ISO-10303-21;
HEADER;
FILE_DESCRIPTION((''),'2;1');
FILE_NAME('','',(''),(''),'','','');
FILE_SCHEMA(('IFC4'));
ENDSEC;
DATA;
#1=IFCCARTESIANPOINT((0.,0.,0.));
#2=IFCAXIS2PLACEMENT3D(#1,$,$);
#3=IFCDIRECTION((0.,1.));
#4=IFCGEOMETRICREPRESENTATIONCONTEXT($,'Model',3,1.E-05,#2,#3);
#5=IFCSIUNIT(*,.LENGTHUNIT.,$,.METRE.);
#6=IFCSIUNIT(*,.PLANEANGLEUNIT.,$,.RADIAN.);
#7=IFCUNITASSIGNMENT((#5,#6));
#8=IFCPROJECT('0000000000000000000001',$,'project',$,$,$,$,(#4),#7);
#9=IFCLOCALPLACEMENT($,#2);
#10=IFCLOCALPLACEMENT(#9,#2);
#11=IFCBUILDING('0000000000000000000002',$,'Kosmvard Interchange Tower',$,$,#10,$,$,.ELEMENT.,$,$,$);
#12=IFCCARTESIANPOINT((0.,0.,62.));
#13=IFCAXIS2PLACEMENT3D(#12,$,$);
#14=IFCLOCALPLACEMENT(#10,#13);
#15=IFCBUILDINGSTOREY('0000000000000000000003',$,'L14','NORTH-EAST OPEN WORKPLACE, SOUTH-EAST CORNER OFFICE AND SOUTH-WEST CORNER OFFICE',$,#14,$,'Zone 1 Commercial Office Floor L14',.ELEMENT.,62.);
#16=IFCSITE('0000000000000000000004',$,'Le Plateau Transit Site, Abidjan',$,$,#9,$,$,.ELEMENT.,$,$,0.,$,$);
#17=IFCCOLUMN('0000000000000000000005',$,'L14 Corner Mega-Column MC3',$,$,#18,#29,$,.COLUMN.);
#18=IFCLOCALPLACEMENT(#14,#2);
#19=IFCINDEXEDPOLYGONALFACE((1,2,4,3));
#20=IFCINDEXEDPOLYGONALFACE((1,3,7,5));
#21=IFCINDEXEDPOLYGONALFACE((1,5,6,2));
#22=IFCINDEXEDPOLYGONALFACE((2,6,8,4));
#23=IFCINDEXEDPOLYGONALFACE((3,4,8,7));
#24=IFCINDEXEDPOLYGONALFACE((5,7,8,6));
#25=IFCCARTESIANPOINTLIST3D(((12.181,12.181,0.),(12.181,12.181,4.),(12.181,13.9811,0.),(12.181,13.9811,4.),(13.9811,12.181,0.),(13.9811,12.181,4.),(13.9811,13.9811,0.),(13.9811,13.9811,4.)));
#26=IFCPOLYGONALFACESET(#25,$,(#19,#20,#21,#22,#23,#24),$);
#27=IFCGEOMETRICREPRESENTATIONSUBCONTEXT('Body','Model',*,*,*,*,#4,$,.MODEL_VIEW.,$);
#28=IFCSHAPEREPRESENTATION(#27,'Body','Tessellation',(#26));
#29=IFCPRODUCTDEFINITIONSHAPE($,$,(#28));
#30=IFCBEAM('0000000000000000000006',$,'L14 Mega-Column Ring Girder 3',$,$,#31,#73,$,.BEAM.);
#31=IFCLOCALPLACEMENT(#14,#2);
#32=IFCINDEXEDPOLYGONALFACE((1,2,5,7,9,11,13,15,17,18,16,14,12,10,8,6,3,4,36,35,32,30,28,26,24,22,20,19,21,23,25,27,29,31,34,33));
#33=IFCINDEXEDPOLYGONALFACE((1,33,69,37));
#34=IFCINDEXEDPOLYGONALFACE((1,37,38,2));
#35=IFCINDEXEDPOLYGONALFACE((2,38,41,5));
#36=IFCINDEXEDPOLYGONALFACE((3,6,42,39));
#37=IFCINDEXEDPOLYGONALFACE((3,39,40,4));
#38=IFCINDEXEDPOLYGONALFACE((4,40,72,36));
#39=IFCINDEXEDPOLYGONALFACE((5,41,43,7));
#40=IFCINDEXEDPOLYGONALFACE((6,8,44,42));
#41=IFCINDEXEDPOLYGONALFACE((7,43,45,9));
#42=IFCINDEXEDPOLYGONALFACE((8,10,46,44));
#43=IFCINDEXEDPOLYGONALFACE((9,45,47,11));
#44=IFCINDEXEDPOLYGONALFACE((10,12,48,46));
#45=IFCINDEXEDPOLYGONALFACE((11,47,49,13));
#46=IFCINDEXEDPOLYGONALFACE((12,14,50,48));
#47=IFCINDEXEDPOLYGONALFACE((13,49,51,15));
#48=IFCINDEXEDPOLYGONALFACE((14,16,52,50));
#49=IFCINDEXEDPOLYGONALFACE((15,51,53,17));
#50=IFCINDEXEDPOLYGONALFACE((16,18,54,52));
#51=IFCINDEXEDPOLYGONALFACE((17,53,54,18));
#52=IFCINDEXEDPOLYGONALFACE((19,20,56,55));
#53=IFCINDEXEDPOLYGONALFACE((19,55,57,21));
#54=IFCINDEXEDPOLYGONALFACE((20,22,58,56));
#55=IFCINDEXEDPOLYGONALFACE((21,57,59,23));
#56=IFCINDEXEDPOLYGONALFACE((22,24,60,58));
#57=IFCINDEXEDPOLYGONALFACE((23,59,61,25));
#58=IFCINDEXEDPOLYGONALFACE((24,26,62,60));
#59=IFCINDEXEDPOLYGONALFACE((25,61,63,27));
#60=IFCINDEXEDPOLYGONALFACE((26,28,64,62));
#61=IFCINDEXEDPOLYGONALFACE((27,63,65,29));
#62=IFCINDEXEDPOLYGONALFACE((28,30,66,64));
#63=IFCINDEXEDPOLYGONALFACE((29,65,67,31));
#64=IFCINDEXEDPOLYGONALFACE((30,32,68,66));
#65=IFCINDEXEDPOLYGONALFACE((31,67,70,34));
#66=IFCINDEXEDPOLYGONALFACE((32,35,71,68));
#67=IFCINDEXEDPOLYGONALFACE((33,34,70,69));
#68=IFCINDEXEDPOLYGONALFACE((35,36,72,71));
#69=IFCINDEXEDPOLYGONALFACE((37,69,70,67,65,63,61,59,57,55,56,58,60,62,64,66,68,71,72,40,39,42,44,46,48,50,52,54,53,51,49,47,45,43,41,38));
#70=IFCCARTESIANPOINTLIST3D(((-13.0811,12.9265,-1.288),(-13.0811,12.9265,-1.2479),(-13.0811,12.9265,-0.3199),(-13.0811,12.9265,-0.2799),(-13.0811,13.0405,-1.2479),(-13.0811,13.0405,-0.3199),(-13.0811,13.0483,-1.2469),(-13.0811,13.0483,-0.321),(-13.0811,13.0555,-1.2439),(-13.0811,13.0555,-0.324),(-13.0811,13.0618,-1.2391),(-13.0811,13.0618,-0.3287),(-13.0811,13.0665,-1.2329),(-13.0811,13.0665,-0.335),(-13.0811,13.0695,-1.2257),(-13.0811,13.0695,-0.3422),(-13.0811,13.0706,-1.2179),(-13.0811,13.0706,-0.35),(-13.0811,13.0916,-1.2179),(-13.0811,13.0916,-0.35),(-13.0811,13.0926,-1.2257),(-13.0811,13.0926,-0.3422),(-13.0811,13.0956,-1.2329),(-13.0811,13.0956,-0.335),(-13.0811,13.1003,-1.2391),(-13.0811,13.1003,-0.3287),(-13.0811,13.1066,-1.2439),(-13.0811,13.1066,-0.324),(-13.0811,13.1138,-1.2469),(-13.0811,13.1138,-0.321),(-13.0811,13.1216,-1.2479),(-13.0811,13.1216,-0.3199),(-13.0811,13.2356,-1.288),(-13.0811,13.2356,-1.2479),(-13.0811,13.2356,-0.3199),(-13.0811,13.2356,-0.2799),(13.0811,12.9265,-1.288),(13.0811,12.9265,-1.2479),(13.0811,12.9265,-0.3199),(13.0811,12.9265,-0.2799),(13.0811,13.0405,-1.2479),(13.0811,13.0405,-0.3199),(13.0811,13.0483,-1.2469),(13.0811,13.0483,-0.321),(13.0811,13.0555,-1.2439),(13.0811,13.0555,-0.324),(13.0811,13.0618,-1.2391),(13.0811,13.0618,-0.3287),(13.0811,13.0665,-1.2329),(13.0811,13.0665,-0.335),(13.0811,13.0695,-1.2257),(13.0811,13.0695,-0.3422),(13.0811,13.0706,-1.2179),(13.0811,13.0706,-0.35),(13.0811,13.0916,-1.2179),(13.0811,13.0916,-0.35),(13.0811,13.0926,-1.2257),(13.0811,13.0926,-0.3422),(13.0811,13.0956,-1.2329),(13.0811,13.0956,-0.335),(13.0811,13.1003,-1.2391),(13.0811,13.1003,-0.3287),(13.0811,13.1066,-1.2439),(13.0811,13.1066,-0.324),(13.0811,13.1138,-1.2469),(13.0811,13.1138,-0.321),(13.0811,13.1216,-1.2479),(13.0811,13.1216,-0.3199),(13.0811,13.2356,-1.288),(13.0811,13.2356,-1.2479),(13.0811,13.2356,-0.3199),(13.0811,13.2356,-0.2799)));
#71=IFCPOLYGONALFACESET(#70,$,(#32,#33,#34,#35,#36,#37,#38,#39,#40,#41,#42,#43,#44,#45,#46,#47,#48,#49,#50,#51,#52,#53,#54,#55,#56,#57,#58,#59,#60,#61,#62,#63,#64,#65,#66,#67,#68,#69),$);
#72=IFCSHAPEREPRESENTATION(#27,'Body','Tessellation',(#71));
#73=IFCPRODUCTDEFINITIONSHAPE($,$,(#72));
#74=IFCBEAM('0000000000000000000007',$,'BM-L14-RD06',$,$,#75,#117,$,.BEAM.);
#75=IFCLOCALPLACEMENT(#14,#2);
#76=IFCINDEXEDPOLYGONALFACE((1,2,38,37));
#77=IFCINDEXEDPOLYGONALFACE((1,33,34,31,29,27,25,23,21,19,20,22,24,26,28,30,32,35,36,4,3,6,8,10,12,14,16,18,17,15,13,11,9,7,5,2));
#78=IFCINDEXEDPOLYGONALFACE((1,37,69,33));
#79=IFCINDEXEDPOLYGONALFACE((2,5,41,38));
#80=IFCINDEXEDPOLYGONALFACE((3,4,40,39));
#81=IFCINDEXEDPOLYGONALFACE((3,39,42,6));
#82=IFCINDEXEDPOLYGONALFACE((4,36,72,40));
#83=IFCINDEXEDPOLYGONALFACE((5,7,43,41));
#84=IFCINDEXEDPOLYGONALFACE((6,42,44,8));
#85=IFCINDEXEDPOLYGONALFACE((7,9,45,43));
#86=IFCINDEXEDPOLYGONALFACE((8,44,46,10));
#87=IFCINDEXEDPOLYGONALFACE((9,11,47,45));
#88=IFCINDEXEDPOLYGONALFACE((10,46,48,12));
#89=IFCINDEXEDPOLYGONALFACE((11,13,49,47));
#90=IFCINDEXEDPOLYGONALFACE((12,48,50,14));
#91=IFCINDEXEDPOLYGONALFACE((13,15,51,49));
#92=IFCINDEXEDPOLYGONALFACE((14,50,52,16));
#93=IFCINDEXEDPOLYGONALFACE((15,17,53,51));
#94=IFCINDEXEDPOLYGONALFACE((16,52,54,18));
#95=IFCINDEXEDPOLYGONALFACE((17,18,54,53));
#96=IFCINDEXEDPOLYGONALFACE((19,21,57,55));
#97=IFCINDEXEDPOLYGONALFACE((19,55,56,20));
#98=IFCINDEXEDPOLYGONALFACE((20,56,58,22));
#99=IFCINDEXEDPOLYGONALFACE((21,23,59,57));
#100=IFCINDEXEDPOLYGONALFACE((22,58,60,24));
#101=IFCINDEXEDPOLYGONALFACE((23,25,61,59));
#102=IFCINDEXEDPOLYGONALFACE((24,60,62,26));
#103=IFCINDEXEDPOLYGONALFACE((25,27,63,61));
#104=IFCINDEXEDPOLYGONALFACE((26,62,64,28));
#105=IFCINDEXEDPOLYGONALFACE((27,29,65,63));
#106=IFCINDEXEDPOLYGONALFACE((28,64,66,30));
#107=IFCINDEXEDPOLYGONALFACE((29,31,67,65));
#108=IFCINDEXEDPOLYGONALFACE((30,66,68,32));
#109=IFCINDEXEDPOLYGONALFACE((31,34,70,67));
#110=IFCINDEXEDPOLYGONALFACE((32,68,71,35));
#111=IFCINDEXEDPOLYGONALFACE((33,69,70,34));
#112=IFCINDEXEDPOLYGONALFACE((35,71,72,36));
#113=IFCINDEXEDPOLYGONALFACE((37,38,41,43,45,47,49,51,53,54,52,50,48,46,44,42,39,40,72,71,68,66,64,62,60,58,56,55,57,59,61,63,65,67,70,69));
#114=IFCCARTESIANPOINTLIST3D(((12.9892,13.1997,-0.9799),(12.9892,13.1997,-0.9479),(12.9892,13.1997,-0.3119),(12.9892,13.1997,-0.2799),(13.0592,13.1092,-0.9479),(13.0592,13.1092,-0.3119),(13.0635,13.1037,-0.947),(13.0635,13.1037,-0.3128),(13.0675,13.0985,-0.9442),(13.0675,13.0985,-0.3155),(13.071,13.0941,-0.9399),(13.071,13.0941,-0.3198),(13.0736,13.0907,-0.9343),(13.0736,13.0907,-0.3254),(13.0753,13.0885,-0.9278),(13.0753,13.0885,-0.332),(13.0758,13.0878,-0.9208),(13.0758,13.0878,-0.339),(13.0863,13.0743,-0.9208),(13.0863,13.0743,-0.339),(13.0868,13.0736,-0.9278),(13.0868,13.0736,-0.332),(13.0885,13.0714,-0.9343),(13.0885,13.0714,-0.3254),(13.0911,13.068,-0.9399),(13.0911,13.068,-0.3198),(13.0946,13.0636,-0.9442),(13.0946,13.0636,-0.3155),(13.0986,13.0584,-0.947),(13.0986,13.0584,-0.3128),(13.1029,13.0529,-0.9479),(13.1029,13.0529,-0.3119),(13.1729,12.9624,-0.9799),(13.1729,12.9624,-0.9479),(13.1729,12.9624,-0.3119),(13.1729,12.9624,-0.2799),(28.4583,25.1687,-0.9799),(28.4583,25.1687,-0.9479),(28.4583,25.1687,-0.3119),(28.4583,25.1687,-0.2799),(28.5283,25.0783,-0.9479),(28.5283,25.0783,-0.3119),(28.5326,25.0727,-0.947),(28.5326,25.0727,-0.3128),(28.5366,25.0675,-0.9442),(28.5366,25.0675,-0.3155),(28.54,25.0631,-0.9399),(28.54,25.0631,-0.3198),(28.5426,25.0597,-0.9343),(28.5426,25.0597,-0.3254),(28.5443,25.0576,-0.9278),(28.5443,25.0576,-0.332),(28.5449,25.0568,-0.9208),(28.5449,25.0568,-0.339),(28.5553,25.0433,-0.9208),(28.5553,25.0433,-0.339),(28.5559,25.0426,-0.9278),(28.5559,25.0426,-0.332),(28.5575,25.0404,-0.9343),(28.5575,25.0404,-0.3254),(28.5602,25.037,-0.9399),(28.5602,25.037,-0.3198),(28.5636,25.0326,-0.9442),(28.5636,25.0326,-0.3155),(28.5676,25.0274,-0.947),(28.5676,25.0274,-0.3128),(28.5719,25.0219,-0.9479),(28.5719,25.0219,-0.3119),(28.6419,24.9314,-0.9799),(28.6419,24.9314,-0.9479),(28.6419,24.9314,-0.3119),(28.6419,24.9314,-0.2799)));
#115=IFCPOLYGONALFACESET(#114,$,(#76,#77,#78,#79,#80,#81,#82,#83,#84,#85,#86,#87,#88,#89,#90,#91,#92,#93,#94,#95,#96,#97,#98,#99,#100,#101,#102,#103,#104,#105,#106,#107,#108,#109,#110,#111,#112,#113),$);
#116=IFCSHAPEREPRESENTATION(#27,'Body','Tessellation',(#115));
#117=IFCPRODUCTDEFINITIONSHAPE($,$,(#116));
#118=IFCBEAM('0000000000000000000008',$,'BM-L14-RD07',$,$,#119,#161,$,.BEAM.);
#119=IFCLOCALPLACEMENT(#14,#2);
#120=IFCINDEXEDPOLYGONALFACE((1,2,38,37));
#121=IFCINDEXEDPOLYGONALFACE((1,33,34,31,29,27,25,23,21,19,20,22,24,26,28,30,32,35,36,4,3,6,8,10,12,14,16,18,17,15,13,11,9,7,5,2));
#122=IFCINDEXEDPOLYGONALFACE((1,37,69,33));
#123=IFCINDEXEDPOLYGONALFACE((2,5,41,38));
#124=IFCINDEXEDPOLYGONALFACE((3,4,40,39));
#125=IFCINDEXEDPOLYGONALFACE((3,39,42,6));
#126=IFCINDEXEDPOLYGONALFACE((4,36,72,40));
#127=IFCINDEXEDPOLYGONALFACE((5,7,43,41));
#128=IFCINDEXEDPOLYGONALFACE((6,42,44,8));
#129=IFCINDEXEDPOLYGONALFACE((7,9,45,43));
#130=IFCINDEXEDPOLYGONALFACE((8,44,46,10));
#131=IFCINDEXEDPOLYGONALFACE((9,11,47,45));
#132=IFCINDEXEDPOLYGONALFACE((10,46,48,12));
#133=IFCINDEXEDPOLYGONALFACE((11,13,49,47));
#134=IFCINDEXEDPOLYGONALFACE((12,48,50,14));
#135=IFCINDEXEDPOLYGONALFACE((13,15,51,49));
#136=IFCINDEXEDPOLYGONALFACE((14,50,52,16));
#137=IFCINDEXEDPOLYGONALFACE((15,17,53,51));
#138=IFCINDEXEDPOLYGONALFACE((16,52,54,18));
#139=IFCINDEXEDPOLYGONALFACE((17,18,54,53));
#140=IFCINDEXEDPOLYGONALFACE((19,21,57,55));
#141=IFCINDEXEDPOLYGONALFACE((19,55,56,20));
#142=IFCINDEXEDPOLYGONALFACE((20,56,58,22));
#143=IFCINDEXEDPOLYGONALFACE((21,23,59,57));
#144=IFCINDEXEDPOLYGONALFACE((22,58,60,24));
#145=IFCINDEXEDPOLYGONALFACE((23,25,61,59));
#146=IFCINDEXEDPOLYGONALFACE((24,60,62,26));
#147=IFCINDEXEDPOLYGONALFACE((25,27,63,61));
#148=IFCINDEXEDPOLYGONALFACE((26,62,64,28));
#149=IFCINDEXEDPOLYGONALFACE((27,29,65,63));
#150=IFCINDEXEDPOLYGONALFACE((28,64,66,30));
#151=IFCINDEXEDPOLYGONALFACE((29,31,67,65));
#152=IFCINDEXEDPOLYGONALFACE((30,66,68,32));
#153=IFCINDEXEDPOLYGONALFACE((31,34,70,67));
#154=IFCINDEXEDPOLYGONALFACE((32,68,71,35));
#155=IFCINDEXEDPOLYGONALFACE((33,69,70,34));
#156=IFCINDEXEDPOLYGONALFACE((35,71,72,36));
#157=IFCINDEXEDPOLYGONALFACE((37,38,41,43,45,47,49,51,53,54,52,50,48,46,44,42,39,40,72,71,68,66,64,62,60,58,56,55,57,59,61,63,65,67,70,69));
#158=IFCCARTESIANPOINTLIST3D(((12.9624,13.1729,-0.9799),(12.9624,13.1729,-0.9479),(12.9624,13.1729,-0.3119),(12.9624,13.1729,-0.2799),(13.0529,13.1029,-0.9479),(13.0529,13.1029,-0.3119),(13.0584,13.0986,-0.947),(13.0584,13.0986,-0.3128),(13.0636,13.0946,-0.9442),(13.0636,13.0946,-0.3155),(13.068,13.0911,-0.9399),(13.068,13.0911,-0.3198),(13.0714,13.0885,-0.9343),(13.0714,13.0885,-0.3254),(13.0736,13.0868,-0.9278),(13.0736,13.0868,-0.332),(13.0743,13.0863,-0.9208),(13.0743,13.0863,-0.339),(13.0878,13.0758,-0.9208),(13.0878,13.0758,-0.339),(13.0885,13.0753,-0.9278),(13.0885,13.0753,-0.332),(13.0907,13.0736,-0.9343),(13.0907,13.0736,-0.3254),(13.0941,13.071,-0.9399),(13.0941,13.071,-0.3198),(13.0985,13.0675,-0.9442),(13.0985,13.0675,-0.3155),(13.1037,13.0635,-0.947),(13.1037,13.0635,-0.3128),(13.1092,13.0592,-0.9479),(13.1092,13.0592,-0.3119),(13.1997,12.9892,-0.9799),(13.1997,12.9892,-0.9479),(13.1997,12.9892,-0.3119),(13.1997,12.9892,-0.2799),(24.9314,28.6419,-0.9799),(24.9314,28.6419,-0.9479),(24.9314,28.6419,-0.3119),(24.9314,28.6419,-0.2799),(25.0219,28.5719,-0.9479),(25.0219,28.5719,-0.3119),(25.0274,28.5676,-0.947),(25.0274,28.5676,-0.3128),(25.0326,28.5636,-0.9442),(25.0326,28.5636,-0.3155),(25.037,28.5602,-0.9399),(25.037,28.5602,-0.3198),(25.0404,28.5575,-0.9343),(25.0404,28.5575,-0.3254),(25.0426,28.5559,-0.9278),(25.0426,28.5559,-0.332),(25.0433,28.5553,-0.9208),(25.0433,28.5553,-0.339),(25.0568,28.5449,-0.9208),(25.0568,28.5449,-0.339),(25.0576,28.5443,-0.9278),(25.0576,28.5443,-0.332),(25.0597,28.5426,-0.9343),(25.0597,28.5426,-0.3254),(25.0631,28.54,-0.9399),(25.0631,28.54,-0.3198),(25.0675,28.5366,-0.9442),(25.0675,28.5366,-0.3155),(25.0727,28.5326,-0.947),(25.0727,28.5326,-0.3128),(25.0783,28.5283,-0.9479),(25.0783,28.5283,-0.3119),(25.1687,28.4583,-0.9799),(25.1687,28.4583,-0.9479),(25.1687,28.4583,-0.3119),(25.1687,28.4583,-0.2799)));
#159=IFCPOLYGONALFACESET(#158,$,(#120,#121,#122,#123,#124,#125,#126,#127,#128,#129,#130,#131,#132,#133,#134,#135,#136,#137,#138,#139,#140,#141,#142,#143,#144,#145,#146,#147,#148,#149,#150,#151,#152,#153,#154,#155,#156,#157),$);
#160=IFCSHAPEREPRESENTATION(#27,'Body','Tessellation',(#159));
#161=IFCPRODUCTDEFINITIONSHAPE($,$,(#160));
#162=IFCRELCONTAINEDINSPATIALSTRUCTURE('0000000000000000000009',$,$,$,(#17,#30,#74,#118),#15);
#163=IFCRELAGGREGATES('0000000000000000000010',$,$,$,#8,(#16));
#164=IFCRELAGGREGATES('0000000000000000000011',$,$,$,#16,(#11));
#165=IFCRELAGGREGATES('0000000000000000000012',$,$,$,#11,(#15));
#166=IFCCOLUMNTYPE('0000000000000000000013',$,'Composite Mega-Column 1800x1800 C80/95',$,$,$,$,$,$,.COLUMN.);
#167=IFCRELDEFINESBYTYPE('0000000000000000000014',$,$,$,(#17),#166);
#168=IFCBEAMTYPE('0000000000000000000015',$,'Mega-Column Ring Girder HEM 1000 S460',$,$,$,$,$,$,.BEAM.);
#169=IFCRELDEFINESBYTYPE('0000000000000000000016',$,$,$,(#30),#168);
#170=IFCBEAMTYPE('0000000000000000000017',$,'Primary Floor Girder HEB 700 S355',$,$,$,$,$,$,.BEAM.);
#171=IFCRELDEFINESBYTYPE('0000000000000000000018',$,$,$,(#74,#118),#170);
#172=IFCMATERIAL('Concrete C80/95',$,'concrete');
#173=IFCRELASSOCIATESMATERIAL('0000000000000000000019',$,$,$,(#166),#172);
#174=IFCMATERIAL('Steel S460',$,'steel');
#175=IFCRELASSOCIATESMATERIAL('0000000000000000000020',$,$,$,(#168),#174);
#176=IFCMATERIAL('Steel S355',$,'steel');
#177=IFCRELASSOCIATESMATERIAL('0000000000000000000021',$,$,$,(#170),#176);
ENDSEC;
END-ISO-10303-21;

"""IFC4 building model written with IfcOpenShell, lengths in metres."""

from ifc_helpers import new_model, si_unit, direction, frame, origin, origin_2d, place, context, subcontext, project, spatial, rectangle, i_section, extrude, source, transform, mapped, material, material_profile, profile_set, type_object, element, save


model = new_model("IFC4")

# Units and contexts
model_context = context("Model", 3, precision=1e-05, world=origin(), true_north=direction((0.0, 1.0)))
body_context = subcontext(model_context, "Body", "Model", "MODEL_VIEW")
ifc_project = project(units=[si_unit("LENGTHUNIT", "METRE"), si_unit("PLANEANGLEUNIT", "RADIAN")], contexts=[model_context])

# Site, building, storey
site_placement = place(None, origin())
site = spatial("IfcSite", under=ifc_project, at=site_placement, Name="Le Plateau Transit Site, Abidjan", CompositionType="ELEMENT", RefElevation=0.0)
building_placement = place(site_placement, origin())
building = spatial("IfcBuilding", under=site, at=building_placement, Name="Kosmvard Interchange Tower", CompositionType="ELEMENT")
storey_placement = place(building_placement, frame((0.0, 0.0, 62.0)))
storey = spatial("IfcBuildingStorey", under=building, at=storey_placement, Name="L14", Description="NORTH-EAST OPEN WORKPLACE, SOUTH-EAST CORNER OFFICE AND SOUTH-WEST CORNER OFFICE", LongName="Zone 1 Commercial Office Floor L14", CompositionType="ELEMENT", Elevation=62.0)

# Column
ifc_material_1 = material(Name="Concrete C80/95", Category="concrete")
ifc_material_profile_1 = material_profile(ifc_material_1, rectangle(XDim=1.8, YDim=1.8, at=origin_2d()), Name="MC 1800x1800")
ifc_profile_set_1 = profile_set([ifc_material_profile_1], Name="Concrete C80/95")
column_type = type_object("IfcColumnType", Name="Composite Mega-Column 1800x1800 C80/95", PredefinedType="COLUMN", material=ifc_profile_set_1)
shared_shape_1 = source(origin(), body_context, "Body", "SweptSolid", [
    extrude(rectangle(XDim=1.8, YDim=1.8, at=origin_2d()), origin(), (0.0, 0.0, 1.0), 4.0),
])
column_placement = place(storey_placement, frame((13.0811, 13.0811, 0.0), z_axis=(0.0, 0.0, 1.0), x_axis=(1.0, 0.0, 0.0)))
element("IfcColumn", 1, at=column_placement, inside=storey, type_object=column_type, Name="L14 Corner Mega-Column MC3", PredefinedType="COLUMN", context=body_context, shape_type="MappedRepresentation", body=[
    mapped(shared_shape_1, transform((0.0, 0.0, 0.0), scale=1.0)),
])

# Beams
ifc_material_2 = material(Name="Steel S460", Category="steel")
ifc_material_profile_2 = material_profile(ifc_material_2, i_section(OverallWidth=0.3091, OverallDepth=1.0081, WebThickness=0.021, FlangeThickness=0.04, FilletRadius=0.03, at=origin_2d()), Name="HEM 1000")
ifc_profile_set_2 = profile_set([ifc_material_profile_2], Name="Steel S460")
beam_type_1 = type_object("IfcBeamType", Name="Mega-Column Ring Girder HEM 1000 S460", PredefinedType="BEAM", material=ifc_profile_set_2)
shared_shape_2 = source(origin(), body_context, "Body", "SweptSolid", [
    extrude(i_section(OverallWidth=0.3091, OverallDepth=1.0081, WebThickness=0.021, FlangeThickness=0.04, FilletRadius=0.03, at=origin_2d()), origin(), (0.0, 0.0, 1.0), 26.1621),
])
beam_1_placement = place(storey_placement, frame((13.0811, 13.0811, -0.7839), z_axis=(-1.0, 0.0, 0.0), x_axis=(0.0, -1.0, 0.0)))
element("IfcBeam", 2, at=beam_1_placement, inside=storey, type_object=beam_type_1, Name="L14 Mega-Column Ring Girder 3", PredefinedType="BEAM", context=body_context, shape_type="MappedRepresentation", body=[
    mapped(shared_shape_2, transform((0.0, 0.0, 0.0), scale=1.0)),
])
ifc_material_3 = material(Name="Steel S355", Category="steel")
ifc_material_profile_3 = material_profile(ifc_material_3, i_section(OverallWidth=0.3, OverallDepth=0.7, WebThickness=0.0171, FlangeThickness=0.032, FilletRadius=0.0271, at=origin_2d()), Name="HEB 700")
ifc_profile_set_3 = profile_set([ifc_material_profile_3], Name="Steel S355")
beam_type_2 = type_object("IfcBeamType", Name="Primary Floor Girder HEB 700 S355", PredefinedType="BEAM", material=ifc_profile_set_3)
shared_shape_3 = source(origin(), body_context, "Body", "SweptSolid", [
    extrude(i_section(OverallWidth=0.3, OverallDepth=0.7, WebThickness=0.0171, FlangeThickness=0.032, FilletRadius=0.0271, at=origin_2d()), origin(), (0.0, 0.0, 1.0), 19.5588),
])
for number, where, z_axis, x_axis, name in (
    (3, (13.0811, 13.0811, -0.6299), (0.790897, 0.611949, 0.0), (-0.611949, 0.790897, 0.0), "BM-L14-RD06"),
    (4, (13.0811, 13.0811, -0.6299), (0.611949, 0.790897, 0.0), (-0.790897, 0.611949, 0.0), "BM-L14-RD07"),
):
    element("IfcBeam", number, at=place(storey_placement, frame(where, z_axis=z_axis, x_axis=x_axis)), inside=storey, type_object=beam_type_2, Name=name, PredefinedType="BEAM", context=body_context, shape_type="MappedRepresentation", body=[
        mapped(shared_shape_3, transform((0.0, 0.0, 0.0), scale=1.0)),
    ])

save(model, "model.ifc")
